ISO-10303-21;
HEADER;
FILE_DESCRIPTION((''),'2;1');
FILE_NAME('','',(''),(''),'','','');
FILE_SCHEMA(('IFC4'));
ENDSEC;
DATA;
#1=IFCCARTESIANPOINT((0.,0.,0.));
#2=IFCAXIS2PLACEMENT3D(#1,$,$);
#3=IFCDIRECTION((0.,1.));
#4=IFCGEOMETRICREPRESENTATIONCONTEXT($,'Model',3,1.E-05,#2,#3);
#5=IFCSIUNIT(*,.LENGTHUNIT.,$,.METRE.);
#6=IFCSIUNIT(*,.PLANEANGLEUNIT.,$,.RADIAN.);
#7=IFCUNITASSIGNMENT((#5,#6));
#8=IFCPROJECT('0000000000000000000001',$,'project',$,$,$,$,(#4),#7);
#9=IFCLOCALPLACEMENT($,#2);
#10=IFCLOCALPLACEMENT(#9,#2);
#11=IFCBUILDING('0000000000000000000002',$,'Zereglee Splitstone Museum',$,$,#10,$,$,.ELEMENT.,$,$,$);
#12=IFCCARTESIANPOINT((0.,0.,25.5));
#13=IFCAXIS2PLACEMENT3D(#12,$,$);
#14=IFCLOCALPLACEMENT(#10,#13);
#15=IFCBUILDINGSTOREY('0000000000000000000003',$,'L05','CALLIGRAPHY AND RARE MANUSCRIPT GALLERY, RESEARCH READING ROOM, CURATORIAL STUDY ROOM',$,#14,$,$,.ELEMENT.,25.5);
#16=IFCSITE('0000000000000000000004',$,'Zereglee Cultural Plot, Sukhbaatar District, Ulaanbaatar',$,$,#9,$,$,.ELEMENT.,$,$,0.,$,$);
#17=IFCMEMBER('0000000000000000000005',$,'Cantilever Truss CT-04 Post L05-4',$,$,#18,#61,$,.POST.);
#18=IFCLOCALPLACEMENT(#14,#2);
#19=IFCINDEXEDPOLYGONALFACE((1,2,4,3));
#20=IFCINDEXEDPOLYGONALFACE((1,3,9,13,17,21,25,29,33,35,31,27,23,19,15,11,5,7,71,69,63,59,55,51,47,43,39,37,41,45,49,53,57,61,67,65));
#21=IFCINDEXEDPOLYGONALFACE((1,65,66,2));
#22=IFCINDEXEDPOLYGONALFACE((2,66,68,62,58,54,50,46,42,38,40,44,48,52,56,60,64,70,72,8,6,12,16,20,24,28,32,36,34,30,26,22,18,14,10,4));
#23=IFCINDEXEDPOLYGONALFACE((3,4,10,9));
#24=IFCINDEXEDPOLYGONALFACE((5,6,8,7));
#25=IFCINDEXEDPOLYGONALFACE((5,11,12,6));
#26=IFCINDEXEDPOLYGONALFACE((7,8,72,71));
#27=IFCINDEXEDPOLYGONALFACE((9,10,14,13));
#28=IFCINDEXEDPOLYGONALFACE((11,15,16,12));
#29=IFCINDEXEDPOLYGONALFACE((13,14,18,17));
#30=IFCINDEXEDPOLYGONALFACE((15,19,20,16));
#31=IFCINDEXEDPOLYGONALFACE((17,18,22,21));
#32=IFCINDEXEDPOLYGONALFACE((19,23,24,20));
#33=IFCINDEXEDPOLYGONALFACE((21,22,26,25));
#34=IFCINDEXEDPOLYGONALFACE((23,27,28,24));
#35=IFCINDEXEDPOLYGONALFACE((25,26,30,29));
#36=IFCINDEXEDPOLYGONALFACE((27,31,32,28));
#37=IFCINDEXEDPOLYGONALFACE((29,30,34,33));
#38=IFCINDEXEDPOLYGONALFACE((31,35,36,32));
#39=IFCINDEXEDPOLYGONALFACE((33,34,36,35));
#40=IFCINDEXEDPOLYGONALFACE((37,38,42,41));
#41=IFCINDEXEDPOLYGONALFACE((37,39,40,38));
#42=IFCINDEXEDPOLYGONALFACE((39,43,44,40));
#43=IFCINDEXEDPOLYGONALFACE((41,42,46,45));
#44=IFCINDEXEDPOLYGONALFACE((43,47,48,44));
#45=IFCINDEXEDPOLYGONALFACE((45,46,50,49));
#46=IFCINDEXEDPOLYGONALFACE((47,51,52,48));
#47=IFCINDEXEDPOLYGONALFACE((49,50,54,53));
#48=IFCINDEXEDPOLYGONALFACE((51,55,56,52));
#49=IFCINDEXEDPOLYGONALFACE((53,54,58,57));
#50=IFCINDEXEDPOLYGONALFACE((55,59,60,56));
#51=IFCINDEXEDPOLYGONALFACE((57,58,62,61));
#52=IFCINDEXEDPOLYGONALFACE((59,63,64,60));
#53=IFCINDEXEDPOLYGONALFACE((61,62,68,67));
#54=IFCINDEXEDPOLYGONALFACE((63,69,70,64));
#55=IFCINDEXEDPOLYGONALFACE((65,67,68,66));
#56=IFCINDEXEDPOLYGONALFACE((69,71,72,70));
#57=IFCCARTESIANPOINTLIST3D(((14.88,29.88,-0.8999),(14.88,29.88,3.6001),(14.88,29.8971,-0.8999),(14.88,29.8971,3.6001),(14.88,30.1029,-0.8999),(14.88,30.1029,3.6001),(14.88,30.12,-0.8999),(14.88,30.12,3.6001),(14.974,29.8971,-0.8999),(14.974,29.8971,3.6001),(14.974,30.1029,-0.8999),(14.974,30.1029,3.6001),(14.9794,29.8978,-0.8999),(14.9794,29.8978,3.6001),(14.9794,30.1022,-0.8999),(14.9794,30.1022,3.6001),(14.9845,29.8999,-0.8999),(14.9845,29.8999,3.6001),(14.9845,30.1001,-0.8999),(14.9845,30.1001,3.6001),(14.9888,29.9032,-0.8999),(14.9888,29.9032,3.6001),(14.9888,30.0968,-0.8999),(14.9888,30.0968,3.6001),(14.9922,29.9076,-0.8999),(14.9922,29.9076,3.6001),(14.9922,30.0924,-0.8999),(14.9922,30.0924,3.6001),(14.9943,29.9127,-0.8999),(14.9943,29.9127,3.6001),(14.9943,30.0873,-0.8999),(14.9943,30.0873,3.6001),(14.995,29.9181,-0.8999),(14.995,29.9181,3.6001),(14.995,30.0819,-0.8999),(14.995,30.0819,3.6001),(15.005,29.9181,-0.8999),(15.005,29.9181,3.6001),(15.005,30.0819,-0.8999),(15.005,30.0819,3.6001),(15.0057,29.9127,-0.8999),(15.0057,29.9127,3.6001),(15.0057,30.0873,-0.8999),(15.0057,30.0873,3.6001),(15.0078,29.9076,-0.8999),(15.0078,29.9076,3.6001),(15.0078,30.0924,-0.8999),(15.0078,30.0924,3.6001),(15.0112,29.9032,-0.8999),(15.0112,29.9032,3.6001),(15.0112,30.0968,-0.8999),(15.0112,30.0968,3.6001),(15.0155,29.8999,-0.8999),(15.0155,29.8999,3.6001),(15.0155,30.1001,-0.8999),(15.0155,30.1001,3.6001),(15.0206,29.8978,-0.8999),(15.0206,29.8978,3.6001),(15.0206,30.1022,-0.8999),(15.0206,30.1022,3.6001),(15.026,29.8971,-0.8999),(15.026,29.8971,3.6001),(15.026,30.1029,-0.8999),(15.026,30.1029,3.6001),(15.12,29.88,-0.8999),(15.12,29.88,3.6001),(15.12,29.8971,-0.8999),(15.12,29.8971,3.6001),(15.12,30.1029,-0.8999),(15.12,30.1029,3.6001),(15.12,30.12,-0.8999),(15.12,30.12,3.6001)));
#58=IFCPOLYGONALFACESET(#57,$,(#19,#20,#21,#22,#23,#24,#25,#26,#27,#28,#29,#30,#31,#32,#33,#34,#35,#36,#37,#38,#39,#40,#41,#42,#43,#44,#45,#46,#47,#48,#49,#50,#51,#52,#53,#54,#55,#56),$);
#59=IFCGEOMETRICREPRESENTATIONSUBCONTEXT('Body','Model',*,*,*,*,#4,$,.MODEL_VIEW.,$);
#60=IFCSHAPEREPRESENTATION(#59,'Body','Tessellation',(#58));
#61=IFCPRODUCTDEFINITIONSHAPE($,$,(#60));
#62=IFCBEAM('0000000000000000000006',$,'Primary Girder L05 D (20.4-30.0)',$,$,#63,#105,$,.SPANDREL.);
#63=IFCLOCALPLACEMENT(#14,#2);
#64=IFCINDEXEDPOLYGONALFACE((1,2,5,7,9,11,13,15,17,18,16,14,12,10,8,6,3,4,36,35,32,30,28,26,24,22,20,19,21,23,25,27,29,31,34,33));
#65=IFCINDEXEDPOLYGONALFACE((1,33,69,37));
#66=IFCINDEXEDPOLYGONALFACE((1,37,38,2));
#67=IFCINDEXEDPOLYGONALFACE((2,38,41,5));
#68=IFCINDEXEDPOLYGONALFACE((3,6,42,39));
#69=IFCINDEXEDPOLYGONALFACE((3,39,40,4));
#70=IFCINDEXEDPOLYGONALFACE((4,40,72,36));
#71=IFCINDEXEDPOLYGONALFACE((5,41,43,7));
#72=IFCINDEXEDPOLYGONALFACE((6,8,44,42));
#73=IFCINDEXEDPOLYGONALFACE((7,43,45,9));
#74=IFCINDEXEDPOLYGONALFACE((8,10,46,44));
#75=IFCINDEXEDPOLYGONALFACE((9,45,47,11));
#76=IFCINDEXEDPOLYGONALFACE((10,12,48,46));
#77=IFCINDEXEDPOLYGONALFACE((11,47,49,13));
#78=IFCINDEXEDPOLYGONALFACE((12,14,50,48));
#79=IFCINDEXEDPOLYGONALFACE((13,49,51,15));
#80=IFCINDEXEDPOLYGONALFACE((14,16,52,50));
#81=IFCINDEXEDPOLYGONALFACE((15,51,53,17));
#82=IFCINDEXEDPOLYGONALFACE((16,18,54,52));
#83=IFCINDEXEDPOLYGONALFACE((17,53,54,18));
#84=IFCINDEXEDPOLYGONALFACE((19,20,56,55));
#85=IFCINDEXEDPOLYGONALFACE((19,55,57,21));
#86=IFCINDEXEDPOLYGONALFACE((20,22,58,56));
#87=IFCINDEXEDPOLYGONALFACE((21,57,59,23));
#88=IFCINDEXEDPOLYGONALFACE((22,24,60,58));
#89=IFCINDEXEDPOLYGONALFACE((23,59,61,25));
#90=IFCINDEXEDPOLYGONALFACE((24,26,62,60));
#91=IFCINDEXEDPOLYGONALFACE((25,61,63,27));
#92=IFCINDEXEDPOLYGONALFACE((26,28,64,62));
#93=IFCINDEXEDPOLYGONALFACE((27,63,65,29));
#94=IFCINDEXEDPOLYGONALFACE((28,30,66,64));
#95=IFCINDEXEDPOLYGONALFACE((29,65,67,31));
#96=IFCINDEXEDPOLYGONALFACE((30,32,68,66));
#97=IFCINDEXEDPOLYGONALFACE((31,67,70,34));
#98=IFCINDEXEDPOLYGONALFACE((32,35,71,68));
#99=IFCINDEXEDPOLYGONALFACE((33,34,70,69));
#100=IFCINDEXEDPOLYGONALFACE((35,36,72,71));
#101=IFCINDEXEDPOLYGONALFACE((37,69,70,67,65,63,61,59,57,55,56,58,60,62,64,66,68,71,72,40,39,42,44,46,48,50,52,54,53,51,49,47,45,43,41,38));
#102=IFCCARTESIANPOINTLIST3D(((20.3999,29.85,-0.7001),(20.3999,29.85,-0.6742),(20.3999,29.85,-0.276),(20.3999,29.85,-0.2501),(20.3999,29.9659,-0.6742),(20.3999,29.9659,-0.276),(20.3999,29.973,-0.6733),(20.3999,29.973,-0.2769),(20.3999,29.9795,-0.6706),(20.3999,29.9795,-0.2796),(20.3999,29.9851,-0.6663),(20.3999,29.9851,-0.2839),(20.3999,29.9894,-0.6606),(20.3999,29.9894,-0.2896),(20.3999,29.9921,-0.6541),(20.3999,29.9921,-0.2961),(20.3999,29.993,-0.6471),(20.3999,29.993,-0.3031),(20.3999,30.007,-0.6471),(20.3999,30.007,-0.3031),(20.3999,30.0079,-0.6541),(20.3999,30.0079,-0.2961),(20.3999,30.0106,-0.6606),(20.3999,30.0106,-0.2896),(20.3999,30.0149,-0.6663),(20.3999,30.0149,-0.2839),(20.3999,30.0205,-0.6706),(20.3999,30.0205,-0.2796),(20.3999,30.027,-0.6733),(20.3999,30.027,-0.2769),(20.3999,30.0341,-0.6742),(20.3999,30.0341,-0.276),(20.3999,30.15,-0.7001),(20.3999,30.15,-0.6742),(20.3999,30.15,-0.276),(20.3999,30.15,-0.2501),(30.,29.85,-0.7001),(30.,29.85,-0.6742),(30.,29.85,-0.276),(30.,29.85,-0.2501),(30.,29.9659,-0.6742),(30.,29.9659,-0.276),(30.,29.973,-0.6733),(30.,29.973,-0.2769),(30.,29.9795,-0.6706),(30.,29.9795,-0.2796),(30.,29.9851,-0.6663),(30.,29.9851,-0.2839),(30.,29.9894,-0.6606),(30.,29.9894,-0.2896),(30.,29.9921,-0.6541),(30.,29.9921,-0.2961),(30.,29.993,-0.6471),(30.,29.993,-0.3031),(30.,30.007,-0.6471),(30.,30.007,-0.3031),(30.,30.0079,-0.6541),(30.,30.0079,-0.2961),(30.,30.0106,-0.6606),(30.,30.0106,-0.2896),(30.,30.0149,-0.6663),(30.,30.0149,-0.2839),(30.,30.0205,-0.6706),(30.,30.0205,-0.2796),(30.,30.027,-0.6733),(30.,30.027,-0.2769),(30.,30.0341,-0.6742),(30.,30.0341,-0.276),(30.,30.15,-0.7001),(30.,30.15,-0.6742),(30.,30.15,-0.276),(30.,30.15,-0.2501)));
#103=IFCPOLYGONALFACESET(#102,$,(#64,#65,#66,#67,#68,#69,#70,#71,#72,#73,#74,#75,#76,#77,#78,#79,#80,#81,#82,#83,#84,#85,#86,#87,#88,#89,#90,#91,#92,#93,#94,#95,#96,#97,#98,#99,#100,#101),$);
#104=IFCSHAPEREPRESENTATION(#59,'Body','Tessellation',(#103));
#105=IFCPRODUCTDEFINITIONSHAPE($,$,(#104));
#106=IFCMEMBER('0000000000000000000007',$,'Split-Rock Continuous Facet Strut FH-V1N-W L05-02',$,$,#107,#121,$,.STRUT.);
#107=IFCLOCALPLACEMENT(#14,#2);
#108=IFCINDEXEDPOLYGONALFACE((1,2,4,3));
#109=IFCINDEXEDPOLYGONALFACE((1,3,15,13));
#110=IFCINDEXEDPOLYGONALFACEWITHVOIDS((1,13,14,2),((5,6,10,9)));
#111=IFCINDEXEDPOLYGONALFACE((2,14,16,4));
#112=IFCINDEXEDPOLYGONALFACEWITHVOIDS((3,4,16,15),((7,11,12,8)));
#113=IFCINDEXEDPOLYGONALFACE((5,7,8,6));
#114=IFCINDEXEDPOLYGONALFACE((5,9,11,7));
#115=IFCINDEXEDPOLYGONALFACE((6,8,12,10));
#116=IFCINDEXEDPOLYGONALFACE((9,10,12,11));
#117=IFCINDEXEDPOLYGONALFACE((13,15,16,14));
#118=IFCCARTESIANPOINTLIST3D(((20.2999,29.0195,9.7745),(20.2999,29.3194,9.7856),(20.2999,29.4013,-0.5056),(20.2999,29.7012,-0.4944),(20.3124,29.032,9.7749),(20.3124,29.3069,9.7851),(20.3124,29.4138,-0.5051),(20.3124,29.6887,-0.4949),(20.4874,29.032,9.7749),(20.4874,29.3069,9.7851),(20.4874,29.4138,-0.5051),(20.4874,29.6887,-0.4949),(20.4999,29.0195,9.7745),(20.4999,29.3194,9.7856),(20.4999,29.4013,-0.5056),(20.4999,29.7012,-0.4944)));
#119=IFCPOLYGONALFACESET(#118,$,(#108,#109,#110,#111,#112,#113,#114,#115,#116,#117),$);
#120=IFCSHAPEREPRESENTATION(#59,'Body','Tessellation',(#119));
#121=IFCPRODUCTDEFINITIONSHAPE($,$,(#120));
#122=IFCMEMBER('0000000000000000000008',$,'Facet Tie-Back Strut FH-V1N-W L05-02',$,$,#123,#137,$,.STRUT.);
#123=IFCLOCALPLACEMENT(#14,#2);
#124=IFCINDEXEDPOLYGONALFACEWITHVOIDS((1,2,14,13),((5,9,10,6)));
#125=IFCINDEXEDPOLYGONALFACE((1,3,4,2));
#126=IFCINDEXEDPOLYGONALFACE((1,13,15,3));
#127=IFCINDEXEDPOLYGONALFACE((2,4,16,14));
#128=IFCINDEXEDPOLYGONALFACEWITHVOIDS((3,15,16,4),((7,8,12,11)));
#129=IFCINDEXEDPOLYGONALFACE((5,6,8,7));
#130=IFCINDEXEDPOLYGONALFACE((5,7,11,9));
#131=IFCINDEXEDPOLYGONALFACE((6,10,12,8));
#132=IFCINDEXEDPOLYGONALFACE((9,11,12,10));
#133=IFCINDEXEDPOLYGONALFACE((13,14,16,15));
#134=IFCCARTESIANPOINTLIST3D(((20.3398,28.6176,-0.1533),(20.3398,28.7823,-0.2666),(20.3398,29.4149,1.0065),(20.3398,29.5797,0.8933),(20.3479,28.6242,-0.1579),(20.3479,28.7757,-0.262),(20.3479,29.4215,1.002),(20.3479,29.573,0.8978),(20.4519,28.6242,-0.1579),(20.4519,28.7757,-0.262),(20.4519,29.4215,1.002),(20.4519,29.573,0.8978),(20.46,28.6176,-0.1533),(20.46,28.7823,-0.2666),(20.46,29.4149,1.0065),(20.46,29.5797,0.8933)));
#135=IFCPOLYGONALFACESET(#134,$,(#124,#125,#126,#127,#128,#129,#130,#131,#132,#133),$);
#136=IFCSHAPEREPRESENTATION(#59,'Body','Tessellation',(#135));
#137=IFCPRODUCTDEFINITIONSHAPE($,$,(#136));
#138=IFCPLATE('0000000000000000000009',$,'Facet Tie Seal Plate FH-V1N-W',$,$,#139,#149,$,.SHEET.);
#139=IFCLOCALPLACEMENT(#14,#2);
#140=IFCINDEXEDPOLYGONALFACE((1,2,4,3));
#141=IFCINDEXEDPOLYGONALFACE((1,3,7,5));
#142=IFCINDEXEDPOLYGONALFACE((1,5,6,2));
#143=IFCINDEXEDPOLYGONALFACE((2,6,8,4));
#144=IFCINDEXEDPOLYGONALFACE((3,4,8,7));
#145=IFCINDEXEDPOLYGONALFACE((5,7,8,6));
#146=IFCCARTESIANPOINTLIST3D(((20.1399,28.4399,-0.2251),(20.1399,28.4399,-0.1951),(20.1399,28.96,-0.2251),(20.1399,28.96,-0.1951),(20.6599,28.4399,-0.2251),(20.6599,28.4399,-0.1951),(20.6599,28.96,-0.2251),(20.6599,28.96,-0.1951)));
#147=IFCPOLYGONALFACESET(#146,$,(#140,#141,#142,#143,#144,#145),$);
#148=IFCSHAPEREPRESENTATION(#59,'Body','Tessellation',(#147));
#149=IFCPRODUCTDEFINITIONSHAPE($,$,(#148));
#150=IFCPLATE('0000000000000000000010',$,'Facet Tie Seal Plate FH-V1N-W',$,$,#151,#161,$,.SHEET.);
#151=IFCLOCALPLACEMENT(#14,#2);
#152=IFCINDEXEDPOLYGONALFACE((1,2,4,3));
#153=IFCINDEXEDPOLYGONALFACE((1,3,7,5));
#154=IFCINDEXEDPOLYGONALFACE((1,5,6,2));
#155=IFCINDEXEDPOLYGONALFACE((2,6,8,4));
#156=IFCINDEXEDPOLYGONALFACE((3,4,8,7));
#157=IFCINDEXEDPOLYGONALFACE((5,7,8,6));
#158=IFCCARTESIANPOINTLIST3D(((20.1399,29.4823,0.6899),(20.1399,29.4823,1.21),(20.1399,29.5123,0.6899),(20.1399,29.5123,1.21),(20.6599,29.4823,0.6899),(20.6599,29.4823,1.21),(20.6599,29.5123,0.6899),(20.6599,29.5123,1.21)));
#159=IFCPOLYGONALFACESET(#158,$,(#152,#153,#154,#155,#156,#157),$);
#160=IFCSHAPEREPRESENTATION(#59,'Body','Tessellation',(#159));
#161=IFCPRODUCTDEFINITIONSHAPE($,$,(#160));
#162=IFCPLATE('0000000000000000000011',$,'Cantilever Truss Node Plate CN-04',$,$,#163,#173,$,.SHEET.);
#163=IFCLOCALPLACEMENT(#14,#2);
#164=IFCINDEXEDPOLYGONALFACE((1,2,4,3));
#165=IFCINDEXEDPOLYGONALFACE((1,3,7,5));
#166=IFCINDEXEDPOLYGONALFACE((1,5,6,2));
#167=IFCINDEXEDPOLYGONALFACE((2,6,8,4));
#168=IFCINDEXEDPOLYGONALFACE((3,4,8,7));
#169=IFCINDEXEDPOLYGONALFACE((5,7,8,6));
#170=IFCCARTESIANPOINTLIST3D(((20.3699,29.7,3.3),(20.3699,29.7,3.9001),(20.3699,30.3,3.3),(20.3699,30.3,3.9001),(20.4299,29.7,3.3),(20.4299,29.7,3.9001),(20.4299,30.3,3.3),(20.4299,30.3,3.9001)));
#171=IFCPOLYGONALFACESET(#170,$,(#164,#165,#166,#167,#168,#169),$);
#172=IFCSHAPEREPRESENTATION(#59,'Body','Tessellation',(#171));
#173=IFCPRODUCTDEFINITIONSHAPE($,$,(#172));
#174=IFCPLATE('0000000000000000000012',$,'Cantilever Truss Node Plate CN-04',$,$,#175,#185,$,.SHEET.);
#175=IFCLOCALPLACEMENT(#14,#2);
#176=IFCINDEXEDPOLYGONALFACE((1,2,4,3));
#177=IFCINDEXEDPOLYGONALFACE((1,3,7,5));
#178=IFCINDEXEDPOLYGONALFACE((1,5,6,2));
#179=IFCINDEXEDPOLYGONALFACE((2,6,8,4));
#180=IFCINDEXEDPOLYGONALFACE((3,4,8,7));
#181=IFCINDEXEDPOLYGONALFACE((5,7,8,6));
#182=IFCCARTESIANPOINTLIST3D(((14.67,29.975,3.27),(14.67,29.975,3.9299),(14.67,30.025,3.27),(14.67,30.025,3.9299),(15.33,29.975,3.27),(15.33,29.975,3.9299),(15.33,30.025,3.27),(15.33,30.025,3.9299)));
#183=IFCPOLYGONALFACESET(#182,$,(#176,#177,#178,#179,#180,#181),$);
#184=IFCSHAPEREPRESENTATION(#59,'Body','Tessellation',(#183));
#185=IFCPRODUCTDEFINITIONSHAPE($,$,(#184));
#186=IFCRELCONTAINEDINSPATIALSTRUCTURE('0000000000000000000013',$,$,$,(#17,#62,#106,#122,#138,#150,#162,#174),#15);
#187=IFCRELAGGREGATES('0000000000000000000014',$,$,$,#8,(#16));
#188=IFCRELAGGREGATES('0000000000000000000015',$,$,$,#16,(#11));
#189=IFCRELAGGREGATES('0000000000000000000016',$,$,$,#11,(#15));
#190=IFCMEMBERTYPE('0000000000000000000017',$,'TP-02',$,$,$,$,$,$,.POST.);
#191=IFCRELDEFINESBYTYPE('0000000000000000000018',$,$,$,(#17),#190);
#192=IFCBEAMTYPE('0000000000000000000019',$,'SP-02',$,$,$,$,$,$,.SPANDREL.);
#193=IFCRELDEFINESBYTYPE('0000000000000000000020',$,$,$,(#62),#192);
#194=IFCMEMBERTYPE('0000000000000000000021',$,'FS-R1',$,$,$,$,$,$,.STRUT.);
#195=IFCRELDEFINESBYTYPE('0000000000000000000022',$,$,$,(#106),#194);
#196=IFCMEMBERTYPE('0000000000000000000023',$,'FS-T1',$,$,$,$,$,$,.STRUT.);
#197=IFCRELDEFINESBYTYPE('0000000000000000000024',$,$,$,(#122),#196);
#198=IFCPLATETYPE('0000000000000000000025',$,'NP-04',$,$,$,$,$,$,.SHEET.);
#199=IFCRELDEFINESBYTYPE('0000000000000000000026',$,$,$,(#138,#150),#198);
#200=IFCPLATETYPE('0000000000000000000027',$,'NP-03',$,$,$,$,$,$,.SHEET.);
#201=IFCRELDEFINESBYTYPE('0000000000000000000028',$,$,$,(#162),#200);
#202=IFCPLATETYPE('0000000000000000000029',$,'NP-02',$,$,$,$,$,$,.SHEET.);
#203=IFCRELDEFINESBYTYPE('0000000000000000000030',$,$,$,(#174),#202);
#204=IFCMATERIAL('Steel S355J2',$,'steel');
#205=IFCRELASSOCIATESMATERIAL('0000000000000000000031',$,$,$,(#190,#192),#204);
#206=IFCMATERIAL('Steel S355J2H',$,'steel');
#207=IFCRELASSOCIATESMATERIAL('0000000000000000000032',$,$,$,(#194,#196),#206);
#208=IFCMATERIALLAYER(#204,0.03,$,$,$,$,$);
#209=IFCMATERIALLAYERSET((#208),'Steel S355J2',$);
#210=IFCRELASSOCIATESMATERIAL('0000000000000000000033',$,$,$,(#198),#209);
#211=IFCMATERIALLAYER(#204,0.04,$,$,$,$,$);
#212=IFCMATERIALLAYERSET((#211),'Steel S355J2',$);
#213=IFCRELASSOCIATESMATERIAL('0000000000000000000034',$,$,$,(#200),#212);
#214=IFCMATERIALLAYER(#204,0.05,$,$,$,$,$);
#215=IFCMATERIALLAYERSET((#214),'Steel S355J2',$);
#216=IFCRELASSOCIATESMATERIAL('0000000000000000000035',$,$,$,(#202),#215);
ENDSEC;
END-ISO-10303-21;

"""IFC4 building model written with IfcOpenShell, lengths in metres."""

from ifc_helpers import new_model, si_unit, direction, frame, origin, origin_2d, place, context, subcontext, project, spatial, rectangle, hollow_rectangle, i_section, extrude, material, layer, layer_set, material_profile, profile_set, type_object, element, save


model = new_model("IFC4")

# Units and contexts
model_context = context("Model", 3, precision=1e-05, world=origin(), true_north=direction((0.0, 1.0)))
body_context = subcontext(model_context, "Body", "Model", "MODEL_VIEW")
ifc_project = project(units=[si_unit("LENGTHUNIT", "METRE"), si_unit("PLANEANGLEUNIT", "RADIAN")], contexts=[model_context])

# Site, building, storey
site_placement = place(None, origin())
site = spatial("IfcSite", under=ifc_project, at=site_placement, Name="Zereglee Cultural Plot, Sukhbaatar District, Ulaanbaatar", CompositionType="ELEMENT", RefElevation=0.0)
building_placement = place(site_placement, origin())
building = spatial("IfcBuilding", under=site, at=building_placement, Name="Zereglee Splitstone Museum", CompositionType="ELEMENT")
storey_placement = place(building_placement, frame((0.0, 0.0, 25.5)))
storey = spatial("IfcBuildingStorey", under=building, at=storey_placement, Name="L05", Description="CALLIGRAPHY AND RARE MANUSCRIPT GALLERY, RESEARCH READING ROOM, CURATORIAL STUDY ROOM", CompositionType="ELEMENT", Elevation=25.5)

# Shared definitions
ifc_material_1 = material(Name="Steel S355J2", Category="steel")

# Shared definitions
ifc_material_2 = material(Name="Steel S355J2H", Category="steel")

# Member
ifc_material_profile_1 = material_profile(ifc_material_1, i_section(OverallWidth=0.24, OverallDepth=0.24, WebThickness=0.01, FlangeThickness=0.0171, FilletRadius=0.021, at=origin_2d()), Name="HE 240 B")
ifc_profile_set_1 = profile_set([ifc_material_profile_1], Name="Steel S355J2")
member_type_1 = type_object("IfcMemberType", Name="TP-02", PredefinedType="POST", material=ifc_profile_set_1)
member_1_placement = place(storey_placement, frame((15.0, 30.0, -0.8999), z_axis=(0.0, 0.0, 1.0), x_axis=(1.0, 0.0, 0.0)))
element("IfcMember", 1, at=member_1_placement, inside=storey, type_object=member_type_1, Name="Cantilever Truss CT-04 Post L05-4", PredefinedType="POST", context=body_context, shape_type="SweptSolid", body=[
    extrude(i_section(OverallWidth=0.24, OverallDepth=0.24, WebThickness=0.01, FlangeThickness=0.0171, FilletRadius=0.021, at=origin_2d()), origin(), (0.0, 0.0, 1.0), 4.5),
])

# Beam
ifc_material_profile_2 = material_profile(ifc_material_1, i_section(OverallWidth=0.3, OverallDepth=0.45, WebThickness=0.0139, FlangeThickness=0.0259, FilletRadius=0.0271, at=origin_2d()), Name="HE 450 B")
ifc_profile_set_2 = profile_set([ifc_material_profile_2], Name="Steel S355J2")
beam_type_1 = type_object("IfcBeamType", Name="SP-02", PredefinedType="SPANDREL", material=ifc_profile_set_2)
beam_1_placement = place(storey_placement, frame((20.3999, 30.0, -0.4751), z_axis=(1.0, 0.0, 0.0), x_axis=(0.0, 1.0, 0.0)))
element("IfcBeam", 2, at=beam_1_placement, inside=storey, type_object=beam_type_1, Name="Primary Girder L05 D (20.4-30.0)", PredefinedType="SPANDREL", context=body_context, shape_type="SweptSolid", body=[
    extrude(i_section(OverallWidth=0.3, OverallDepth=0.45, WebThickness=0.0139, FlangeThickness=0.0259, FilletRadius=0.0271, at=origin_2d()), origin(), (0.0, 0.0, 1.0), 9.6001),
])

# Members
ifc_material_profile_3 = material_profile(ifc_material_2, hollow_rectangle(XDim=0.2, YDim=0.3, WallThickness=0.0125, at=origin_2d()), Name="RHS 300x200x12.5")
ifc_profile_set_3 = profile_set([ifc_material_profile_3], Name="Steel S355J2H")
member_type_2 = type_object("IfcMemberType", Name="FS-R1", PredefinedType="STRUT", material=ifc_profile_set_3)
member_2_placement = place(storey_placement, frame((20.3999, 29.5513, -0.5), z_axis=(0.0, -0.037118, 0.999311), x_axis=(1.0, 0.0, 0.0)))
element("IfcMember", 3, at=member_2_placement, inside=storey, type_object=member_type_2, Name="Split-Rock Continuous Facet Strut FH-V1N-W L05-02", PredefinedType="STRUT", context=body_context, shape_type="SweptSolid", body=[
    extrude(hollow_rectangle(XDim=0.2, YDim=0.3, WallThickness=0.0125, at=origin_2d()), origin(), (0.0, 0.0, 1.0), 10.2871),
])
ifc_material_profile_4 = material_profile(ifc_material_2, hollow_rectangle(XDim=0.1201, YDim=0.2, WallThickness=0.0081, at=origin_2d()), Name="RHS 200x120x8")
ifc_profile_set_4 = profile_set([ifc_material_profile_4], Name="Steel S355J2H")
member_type_3 = type_object("IfcMemberType", Name="FS-T1", PredefinedType="STRUT", material=ifc_profile_set_4)
member_3_placement = place(storey_placement, frame((20.3999, 28.7, -0.21), z_axis=(0.0, 0.566492, 0.824067), x_axis=(-1.0, 0.0, 0.0)))
element("IfcMember", 4, at=member_3_placement, inside=storey, type_object=member_type_3, Name="Facet Tie-Back Strut FH-V1N-W L05-02", PredefinedType="STRUT", context=body_context, shape_type="SweptSolid", body=[
    extrude(hollow_rectangle(XDim=0.1201, YDim=0.2, WallThickness=0.0081, at=origin_2d()), origin(), (0.0, 0.0, 1.0), 1.4075),
])

# Plates
ifc_layer_1 = layer(ifc_material_1, 0.03)
ifc_layer_set_1 = layer_set([ifc_layer_1], Name="Steel S355J2")
plate_type_1 = type_object("IfcPlateType", Name="NP-04", PredefinedType="SHEET", material=ifc_layer_set_1)
plate_1_placement = place(storey_placement, frame((20.3999, 28.7, -0.2251), z_axis=(0.0, 0.0, 1.0), x_axis=(1.0, 0.0, 0.0)))
element("IfcPlate", 5, at=plate_1_placement, inside=storey, type_object=plate_type_1, Name="Facet Tie Seal Plate FH-V1N-W", PredefinedType="SHEET", context=body_context, shape_type="SweptSolid", body=[
    extrude(rectangle(XDim=0.52, YDim=0.52, at=origin_2d()), origin(), (0.0, 0.0, 1.0), 0.03),
])
plate_2_placement = place(storey_placement, frame((20.3999, 29.4973, 0.6899), z_axis=(0.0, 0.0, 1.0), x_axis=(1.0, 0.0, 0.0)))
element("IfcPlate", 6, at=plate_2_placement, inside=storey, type_object=plate_type_1, Name="Facet Tie Seal Plate FH-V1N-W", PredefinedType="SHEET", context=body_context, shape_type="SweptSolid", body=[
    extrude(rectangle(XDim=0.52, YDim=0.03, at=origin_2d()), origin(), (0.0, 0.0, 1.0), 0.52),
])
ifc_layer_2 = layer(ifc_material_1, 0.04)
ifc_layer_set_2 = layer_set([ifc_layer_2], Name="Steel S355J2")
plate_type_2 = type_object("IfcPlateType", Name="NP-03", PredefinedType="SHEET", material=ifc_layer_set_2)
plate_3_placement = place(storey_placement, frame((20.3999, 30.0, 3.3), z_axis=(0.0, 0.0, 1.0), x_axis=(1.0, 0.0, 0.0)))
element("IfcPlate", 7, at=plate_3_placement, inside=storey, type_object=plate_type_2, Name="Cantilever Truss Node Plate CN-04", PredefinedType="SHEET", context=body_context, shape_type="SweptSolid", body=[
    extrude(rectangle(XDim=0.0601, YDim=0.6001, at=origin_2d()), origin(), (0.0, 0.0, 1.0), 0.6001),
])
ifc_layer_3 = layer(ifc_material_1, 0.05)
ifc_layer_set_3 = layer_set([ifc_layer_3], Name="Steel S355J2")
plate_type_3 = type_object("IfcPlateType", Name="NP-02", PredefinedType="SHEET", material=ifc_layer_set_3)
plate_4_placement = place(storey_placement, frame((15.0, 30.0, 3.27), z_axis=(0.0, 0.0, 1.0), x_axis=(1.0, 0.0, 0.0)))
element("IfcPlate", 8, at=plate_4_placement, inside=storey, type_object=plate_type_3, Name="Cantilever Truss Node Plate CN-04", PredefinedType="SHEET", context=body_context, shape_type="SweptSolid", body=[
    extrude(rectangle(XDim=0.6599, YDim=0.05, at=origin_2d()), origin(), (0.0, 0.0, 1.0), 0.6599),
])

save(model, "model.ifc")
